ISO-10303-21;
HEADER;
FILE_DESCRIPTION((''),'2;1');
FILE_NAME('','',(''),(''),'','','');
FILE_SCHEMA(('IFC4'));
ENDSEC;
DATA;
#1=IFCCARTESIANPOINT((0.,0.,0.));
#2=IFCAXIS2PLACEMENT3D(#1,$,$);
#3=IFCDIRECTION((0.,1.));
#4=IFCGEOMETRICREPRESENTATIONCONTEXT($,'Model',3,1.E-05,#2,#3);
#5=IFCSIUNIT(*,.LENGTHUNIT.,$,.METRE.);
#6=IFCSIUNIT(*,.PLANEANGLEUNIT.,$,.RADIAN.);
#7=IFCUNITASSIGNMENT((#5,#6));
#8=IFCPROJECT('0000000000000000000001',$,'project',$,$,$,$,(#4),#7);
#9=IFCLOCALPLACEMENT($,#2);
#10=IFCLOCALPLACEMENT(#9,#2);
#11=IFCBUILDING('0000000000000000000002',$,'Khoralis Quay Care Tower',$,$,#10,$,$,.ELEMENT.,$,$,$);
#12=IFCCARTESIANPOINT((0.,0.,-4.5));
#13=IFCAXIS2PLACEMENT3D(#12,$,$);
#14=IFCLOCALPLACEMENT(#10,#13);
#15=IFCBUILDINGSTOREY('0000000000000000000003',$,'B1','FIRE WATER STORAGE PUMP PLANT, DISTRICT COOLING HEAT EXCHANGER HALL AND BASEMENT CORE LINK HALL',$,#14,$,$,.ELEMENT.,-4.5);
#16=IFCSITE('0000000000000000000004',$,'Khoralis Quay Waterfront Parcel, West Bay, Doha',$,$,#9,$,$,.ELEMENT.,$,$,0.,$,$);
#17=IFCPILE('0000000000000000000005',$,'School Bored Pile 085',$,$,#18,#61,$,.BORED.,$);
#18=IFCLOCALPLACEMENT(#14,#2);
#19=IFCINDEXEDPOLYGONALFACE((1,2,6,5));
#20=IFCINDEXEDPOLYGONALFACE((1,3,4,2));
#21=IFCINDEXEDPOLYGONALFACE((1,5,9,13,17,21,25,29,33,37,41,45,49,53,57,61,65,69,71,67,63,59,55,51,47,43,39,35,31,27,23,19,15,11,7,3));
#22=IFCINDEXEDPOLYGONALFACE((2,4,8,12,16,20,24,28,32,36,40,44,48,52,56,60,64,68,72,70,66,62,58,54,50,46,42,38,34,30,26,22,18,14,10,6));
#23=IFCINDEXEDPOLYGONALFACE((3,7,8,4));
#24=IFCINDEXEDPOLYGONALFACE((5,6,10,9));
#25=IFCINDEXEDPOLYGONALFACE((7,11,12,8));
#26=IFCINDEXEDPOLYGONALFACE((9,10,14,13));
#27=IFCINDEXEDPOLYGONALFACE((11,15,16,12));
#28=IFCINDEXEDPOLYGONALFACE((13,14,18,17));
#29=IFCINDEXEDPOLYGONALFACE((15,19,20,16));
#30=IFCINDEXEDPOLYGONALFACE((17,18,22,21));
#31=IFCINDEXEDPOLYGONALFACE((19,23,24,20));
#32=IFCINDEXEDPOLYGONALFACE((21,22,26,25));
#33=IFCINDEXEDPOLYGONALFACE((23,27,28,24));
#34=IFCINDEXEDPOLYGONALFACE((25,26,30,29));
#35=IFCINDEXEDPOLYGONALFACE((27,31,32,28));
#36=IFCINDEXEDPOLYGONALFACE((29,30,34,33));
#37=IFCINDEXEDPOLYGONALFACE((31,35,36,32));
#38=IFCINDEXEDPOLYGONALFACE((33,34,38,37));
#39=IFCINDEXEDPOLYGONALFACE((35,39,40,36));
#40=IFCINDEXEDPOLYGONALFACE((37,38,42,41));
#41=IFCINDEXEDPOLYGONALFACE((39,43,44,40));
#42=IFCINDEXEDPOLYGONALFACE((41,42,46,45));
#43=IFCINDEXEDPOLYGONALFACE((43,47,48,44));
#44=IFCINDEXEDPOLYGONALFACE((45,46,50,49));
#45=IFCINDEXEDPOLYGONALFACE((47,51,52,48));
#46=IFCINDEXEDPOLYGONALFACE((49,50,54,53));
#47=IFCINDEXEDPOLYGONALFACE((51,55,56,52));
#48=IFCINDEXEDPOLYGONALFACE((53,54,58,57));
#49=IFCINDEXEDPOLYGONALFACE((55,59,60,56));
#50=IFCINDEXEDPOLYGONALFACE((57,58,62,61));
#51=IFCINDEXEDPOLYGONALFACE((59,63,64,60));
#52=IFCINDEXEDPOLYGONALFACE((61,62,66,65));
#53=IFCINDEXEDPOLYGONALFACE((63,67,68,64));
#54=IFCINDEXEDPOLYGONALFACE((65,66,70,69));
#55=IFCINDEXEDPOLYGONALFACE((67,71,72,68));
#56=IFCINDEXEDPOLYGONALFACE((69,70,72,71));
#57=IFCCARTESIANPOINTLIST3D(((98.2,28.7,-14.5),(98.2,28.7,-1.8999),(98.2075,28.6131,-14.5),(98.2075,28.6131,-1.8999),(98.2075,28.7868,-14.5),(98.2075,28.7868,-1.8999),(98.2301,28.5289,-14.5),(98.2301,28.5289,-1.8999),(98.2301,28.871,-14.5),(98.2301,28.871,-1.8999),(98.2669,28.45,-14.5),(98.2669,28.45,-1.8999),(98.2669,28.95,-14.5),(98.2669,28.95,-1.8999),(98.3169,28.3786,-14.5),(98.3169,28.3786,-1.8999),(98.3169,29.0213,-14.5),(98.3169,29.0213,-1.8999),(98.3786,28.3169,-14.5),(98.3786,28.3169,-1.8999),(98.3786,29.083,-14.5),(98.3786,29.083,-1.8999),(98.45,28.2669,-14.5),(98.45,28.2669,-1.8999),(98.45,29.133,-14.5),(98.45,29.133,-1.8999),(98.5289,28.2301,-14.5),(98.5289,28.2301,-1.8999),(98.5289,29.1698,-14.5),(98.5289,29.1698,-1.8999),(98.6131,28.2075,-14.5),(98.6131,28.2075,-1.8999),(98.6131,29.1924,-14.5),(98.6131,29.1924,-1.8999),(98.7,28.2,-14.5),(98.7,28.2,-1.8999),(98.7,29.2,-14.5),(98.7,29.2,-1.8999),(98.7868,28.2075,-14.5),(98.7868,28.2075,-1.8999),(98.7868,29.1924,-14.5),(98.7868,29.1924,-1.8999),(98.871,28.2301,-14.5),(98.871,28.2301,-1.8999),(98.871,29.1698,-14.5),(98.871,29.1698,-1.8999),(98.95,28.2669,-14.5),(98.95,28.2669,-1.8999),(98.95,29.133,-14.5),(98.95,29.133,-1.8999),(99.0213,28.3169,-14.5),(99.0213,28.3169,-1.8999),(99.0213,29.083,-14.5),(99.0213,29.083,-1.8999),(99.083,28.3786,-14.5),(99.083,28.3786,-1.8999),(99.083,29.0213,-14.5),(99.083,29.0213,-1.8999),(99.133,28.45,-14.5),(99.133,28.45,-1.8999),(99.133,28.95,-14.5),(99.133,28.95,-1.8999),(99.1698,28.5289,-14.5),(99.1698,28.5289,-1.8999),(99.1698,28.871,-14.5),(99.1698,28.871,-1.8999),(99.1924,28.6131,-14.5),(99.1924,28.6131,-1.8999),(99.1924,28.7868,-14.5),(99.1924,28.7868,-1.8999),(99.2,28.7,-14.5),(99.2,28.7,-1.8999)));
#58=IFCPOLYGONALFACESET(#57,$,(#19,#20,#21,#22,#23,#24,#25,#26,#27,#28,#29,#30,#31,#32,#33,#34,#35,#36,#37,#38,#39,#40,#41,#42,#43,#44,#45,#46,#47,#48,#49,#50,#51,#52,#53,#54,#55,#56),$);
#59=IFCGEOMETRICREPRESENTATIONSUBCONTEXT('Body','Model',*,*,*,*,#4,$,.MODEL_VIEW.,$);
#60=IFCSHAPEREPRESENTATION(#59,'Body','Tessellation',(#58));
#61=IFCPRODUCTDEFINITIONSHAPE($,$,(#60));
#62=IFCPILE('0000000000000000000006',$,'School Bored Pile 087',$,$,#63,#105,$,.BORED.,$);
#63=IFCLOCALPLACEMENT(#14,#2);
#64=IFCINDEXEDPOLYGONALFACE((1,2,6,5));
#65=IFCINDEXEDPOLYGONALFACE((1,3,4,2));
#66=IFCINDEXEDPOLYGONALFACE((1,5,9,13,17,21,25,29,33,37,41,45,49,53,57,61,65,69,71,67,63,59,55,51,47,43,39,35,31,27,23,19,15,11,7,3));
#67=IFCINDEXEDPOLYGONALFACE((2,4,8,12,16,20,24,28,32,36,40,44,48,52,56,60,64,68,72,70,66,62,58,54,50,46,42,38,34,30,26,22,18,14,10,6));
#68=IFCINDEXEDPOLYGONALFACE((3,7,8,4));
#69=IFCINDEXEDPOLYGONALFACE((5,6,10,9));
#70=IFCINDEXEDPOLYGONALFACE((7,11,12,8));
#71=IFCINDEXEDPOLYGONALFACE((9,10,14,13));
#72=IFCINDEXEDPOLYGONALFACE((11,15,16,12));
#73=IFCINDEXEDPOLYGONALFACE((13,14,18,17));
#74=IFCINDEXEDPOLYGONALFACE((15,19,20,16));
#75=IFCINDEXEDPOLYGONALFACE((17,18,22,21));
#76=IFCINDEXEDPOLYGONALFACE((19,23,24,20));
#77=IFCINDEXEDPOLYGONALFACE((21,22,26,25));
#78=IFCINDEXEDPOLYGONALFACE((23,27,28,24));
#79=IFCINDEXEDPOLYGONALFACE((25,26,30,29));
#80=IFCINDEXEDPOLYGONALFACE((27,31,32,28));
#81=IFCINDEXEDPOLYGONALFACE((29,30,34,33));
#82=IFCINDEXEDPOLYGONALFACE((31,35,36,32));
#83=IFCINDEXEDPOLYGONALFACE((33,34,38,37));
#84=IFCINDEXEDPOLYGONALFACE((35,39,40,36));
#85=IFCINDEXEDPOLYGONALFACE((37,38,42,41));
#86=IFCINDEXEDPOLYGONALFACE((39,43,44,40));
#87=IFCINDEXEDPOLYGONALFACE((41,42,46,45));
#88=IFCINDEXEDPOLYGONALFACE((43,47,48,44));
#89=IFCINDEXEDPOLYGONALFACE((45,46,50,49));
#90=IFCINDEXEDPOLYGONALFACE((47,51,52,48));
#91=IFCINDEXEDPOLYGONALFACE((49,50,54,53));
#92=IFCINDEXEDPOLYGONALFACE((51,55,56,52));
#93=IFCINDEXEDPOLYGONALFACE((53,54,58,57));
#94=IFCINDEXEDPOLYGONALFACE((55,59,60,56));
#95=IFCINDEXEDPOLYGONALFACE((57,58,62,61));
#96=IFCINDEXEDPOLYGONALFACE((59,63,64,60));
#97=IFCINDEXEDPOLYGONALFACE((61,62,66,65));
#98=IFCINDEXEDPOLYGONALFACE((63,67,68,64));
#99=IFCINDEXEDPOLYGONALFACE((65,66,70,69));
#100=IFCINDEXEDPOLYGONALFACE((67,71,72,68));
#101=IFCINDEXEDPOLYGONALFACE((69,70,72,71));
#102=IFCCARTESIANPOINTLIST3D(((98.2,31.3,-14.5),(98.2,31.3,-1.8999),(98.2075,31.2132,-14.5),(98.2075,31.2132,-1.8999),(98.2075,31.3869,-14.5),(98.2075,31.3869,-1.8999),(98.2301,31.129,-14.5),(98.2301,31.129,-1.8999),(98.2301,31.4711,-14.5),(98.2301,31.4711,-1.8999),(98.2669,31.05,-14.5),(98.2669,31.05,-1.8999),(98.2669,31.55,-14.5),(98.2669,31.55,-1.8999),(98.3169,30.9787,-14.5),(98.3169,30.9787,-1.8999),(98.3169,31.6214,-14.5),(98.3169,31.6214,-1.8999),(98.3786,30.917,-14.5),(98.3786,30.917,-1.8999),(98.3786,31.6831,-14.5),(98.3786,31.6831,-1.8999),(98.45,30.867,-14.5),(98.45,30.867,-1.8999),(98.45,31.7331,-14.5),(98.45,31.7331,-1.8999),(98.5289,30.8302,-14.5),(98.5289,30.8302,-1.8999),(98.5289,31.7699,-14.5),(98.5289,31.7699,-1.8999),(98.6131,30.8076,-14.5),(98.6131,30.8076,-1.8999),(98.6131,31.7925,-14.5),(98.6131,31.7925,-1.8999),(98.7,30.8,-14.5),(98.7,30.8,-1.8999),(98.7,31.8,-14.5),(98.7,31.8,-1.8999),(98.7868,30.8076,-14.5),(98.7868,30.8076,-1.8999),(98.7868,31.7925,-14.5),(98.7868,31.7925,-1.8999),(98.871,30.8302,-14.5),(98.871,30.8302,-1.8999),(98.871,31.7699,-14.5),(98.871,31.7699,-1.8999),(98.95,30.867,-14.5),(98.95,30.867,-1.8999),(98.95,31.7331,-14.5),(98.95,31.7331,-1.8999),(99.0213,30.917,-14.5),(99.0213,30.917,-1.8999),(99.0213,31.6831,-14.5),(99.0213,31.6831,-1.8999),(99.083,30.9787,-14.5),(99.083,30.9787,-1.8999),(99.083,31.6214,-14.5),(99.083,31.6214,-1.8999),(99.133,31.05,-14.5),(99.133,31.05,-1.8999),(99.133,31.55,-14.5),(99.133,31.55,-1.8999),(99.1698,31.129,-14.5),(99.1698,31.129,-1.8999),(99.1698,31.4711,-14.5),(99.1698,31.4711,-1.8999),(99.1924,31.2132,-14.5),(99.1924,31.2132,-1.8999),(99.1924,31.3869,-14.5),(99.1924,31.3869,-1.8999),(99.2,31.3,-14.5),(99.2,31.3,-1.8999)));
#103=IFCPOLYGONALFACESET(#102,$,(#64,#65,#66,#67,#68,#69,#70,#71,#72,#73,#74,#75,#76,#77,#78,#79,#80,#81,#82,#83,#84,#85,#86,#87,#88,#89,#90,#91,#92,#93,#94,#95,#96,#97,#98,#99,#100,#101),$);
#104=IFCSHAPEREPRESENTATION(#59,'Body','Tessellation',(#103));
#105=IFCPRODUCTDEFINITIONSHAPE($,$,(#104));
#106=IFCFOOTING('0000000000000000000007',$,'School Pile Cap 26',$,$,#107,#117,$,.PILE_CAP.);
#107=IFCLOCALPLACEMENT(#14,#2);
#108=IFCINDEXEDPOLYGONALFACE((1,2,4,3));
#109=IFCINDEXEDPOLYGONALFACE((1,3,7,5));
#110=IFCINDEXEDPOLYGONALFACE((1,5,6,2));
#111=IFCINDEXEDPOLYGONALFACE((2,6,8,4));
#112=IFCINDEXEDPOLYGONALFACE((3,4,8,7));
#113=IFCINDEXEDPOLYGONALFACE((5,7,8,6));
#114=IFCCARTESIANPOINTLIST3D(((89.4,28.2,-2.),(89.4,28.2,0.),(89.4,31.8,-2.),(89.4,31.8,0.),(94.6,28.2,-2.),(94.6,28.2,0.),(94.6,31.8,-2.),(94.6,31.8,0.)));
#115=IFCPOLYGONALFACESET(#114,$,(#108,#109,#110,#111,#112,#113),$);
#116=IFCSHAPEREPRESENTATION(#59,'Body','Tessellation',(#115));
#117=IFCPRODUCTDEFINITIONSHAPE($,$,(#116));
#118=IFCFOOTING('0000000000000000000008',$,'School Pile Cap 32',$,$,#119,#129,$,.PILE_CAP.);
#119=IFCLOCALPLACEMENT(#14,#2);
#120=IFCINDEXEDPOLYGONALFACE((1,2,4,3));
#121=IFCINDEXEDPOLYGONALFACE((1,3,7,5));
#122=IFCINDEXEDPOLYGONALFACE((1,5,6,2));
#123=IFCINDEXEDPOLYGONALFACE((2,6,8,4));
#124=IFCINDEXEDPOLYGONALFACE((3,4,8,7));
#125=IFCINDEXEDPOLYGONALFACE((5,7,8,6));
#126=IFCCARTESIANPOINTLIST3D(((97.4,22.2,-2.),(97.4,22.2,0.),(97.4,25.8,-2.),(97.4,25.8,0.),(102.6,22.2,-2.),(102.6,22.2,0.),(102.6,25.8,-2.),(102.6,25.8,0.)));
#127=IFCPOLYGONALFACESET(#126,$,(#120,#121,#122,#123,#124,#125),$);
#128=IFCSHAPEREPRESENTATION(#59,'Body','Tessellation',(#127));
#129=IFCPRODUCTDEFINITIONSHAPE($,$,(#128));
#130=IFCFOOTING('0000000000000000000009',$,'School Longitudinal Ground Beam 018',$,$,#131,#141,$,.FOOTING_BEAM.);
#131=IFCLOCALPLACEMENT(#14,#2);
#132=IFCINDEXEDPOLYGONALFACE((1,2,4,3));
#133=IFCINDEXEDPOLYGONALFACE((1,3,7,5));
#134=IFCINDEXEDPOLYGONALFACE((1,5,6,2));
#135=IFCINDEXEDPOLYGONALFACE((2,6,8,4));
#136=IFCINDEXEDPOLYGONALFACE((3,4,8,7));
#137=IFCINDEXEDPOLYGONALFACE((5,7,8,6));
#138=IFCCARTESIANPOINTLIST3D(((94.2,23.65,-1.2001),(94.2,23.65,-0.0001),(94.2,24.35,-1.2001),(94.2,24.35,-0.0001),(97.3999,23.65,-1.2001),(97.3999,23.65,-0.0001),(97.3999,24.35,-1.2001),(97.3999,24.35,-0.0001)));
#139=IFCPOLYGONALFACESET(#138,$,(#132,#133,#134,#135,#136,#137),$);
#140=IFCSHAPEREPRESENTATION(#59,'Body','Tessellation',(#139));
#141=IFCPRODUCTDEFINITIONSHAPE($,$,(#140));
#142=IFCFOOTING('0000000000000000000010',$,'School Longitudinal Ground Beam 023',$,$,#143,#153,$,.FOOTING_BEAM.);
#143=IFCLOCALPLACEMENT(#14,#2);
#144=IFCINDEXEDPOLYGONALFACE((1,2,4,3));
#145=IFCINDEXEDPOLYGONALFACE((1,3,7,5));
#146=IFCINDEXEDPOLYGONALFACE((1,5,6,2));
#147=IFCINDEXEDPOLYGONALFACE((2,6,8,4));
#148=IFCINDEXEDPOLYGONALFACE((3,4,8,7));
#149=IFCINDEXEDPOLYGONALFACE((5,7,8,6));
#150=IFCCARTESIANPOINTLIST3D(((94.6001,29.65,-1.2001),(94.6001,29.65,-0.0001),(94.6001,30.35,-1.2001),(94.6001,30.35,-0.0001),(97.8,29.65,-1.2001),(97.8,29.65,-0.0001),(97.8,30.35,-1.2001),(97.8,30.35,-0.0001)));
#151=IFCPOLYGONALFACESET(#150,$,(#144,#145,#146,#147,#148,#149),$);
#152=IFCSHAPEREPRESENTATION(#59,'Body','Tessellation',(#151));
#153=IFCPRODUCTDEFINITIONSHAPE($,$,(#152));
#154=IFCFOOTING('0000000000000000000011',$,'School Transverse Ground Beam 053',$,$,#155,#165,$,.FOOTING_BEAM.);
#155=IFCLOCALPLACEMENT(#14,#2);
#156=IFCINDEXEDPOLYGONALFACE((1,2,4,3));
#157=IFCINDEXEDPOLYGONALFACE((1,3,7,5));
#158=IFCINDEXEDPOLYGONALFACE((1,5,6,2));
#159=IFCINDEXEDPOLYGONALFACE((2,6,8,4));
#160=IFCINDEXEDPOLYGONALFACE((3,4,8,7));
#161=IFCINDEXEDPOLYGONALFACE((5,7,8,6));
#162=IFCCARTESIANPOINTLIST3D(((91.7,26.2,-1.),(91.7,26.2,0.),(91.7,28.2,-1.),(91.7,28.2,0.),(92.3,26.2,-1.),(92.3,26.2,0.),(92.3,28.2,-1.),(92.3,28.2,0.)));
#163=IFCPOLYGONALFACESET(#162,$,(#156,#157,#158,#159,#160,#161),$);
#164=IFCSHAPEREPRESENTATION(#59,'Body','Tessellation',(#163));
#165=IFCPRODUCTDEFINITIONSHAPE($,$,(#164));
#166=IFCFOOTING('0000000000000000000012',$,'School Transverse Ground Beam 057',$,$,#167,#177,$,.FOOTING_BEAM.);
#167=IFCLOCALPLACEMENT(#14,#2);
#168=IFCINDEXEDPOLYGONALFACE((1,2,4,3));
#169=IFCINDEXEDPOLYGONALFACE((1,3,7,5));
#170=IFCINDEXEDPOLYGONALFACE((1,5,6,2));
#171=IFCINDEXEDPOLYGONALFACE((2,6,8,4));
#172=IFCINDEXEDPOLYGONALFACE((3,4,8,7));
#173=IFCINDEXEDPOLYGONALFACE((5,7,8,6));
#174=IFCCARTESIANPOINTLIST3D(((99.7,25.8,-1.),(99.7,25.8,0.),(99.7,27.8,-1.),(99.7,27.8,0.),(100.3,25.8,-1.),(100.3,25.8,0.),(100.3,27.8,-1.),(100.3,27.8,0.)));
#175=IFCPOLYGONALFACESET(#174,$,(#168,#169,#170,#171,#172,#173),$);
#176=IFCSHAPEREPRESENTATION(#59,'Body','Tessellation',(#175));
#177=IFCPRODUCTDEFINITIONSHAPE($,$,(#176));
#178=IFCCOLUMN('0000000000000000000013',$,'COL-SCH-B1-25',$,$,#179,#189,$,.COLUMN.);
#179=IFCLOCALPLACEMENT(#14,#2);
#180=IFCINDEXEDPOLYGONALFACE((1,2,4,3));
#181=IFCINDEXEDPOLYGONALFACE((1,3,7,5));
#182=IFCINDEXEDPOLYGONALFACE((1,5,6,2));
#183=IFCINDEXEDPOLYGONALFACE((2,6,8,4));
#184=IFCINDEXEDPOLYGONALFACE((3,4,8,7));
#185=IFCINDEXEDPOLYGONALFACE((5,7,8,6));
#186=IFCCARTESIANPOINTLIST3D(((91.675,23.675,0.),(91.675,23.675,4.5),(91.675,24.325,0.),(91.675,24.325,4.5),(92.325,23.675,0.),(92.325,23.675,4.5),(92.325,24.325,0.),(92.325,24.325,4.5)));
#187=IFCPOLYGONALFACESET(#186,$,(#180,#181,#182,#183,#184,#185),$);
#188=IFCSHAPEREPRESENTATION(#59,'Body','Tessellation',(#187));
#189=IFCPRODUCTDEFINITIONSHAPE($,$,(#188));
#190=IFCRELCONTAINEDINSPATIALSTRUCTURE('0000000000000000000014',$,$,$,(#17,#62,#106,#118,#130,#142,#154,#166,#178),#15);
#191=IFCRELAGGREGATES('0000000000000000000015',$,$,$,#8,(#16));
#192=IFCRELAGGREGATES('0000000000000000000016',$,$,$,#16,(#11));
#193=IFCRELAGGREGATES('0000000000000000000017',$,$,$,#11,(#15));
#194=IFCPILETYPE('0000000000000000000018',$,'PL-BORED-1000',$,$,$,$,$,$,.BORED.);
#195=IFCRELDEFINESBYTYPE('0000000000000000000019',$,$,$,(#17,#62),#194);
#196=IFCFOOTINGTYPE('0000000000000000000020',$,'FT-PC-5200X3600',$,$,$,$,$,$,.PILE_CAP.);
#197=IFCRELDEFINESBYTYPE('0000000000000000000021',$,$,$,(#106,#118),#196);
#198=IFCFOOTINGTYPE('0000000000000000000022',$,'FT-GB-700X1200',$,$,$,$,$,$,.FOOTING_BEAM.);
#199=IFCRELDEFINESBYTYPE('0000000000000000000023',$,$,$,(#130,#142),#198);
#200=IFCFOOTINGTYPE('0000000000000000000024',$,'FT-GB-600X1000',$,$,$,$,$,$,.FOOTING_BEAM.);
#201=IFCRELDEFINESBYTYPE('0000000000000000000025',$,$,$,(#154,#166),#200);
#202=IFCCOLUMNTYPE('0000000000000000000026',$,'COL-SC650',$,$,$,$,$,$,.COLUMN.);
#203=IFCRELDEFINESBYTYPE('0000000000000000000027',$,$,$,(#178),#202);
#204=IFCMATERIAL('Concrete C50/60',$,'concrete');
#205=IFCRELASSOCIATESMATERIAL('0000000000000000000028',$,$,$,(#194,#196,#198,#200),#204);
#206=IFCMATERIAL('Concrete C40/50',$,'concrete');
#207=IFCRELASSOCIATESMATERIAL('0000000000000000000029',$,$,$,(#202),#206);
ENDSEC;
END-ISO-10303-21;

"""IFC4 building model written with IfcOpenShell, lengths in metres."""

from ifc_helpers import new_model, si_unit, direction, frame, origin, origin_2d, place, context, subcontext, project, spatial, rectangle, circle, extrude, source, transform, mapped, material, material_profile, profile_set, type_object, element, save


model = new_model("IFC4")

# Units and contexts
model_context = context("Model", 3, precision=1e-05, world=origin(), true_north=direction((0.0, 1.0)))
body_context = subcontext(model_context, "Body", "Model", "MODEL_VIEW")
ifc_project = project(units=[si_unit("LENGTHUNIT", "METRE"), si_unit("PLANEANGLEUNIT", "RADIAN")], contexts=[model_context])

# Site, building, storey
site_placement = place(None, origin())
site = spatial("IfcSite", under=ifc_project, at=site_placement, Name="Khoralis Quay Waterfront Parcel, West Bay, Doha", CompositionType="ELEMENT", RefElevation=0.0)
building_placement = place(site_placement, origin())
building = spatial("IfcBuilding", under=site, at=building_placement, Name="Khoralis Quay Care Tower", CompositionType="ELEMENT")
storey_placement = place(building_placement, frame((0.0, 0.0, -4.5)))
storey = spatial("IfcBuildingStorey", under=building, at=storey_placement, Name="B1", Description="FIRE WATER STORAGE PUMP PLANT, DISTRICT COOLING HEAT EXCHANGER HALL AND BASEMENT CORE LINK HALL", CompositionType="ELEMENT", Elevation=-4.5)

# Shared definitions
ifc_material_1 = material(Name="Concrete C50/60", Category="concrete")

# Piles
ifc_material_profile_1 = material_profile(ifc_material_1, circle(Radius=0.5, at=origin_2d()), Name="Concrete C50/60")
ifc_profile_set_1 = profile_set([ifc_material_profile_1], Name="Concrete C50/60")
pile_type = type_object("IfcPileType", Name="PL-BORED-1000", PredefinedType="BORED", material=ifc_profile_set_1)
shared_shape_1 = source(origin(), body_context, "Body", "SweptSolid", [
    extrude(circle(Radius=0.5, at=origin_2d()), origin(), (0.0, 0.0, 1.0), 12.6001),
])
for number, where, z_axis, x_axis, name in (
    (1, (98.7, 28.7, -1.8999), (0.0, 0.0, -1.0), (1.0, 0.0, 0.0), "School Bored Pile 085"),
    (2, (98.7, 31.3, -1.8999), (0.0, 0.0, -1.0), (1.0, 0.0, 0.0), "School Bored Pile 087"),
):
    element("IfcPile", number, at=place(storey_placement, frame(where, z_axis=z_axis, x_axis=x_axis)), inside=storey, type_object=pile_type, Name=name, PredefinedType="BORED", context=body_context, shape_type="MappedRepresentation", body=[
        mapped(shared_shape_1, transform((0.0, 0.0, 0.0), scale=1.0)),
    ])

# Footings
footing_type_1 = type_object("IfcFootingType", Name="FT-PC-5200X3600", PredefinedType="PILE_CAP", material=ifc_material_1)
shared_shape_2 = source(origin(), body_context, "Body", "SweptSolid", [
    extrude(rectangle(XDim=5.2, YDim=3.6001, at=origin_2d()), origin(), (0.0, 0.0, 1.0), 2.0),
])
for number, where, z_axis, x_axis, name in (
    (3, (92.0, 30.0, -2.0), (0.0, 0.0, 1.0), (1.0, 0.0, 0.0), "School Pile Cap 26"),
    (4, (100.0, 24.0, -2.0), (0.0, 0.0, 1.0), (1.0, 0.0, 0.0), "School Pile Cap 32"),
):
    element("IfcFooting", number, at=place(storey_placement, frame(where, z_axis=z_axis, x_axis=x_axis)), inside=storey, type_object=footing_type_1, Name=name, PredefinedType="PILE_CAP", context=body_context, shape_type="MappedRepresentation", body=[
        mapped(shared_shape_2, transform((0.0, 0.0, 0.0), scale=1.0)),
    ])
ifc_material_profile_2 = material_profile(ifc_material_1, rectangle(XDim=0.7, YDim=1.2, at=origin_2d()), Name="Concrete C50/60")
ifc_profile_set_2 = profile_set([ifc_material_profile_2], Name="Concrete C50/60")
footing_type_2 = type_object("IfcFootingType", Name="FT-GB-700X1200", PredefinedType="FOOTING_BEAM", material=ifc_profile_set_2)
shared_shape_3 = source(origin(), body_context, "Body", "SweptSolid", [
    extrude(rectangle(XDim=0.7, YDim=1.2, at=origin_2d()), origin(), (0.0, 0.0, 1.0), 3.2),
])
for number, where, z_axis, x_axis, name in (
    (5, (94.2, 24.0, -0.6001), (1.0, 0.0, 0.0), (0.0, 1.0, 0.0), "School Longitudinal Ground Beam 018"),
    (6, (94.6001, 30.0, -0.6001), (1.0, 0.0, 0.0), (0.0, 1.0, 0.0), "School Longitudinal Ground Beam 023"),
):
    element("IfcFooting", number, at=place(storey_placement, frame(where, z_axis=z_axis, x_axis=x_axis)), inside=storey, type_object=footing_type_2, Name=name, PredefinedType="FOOTING_BEAM", context=body_context, shape_type="MappedRepresentation", body=[
        mapped(shared_shape_3, transform((0.0, 0.0, 0.0), scale=1.0)),
    ])
ifc_material_profile_3 = material_profile(ifc_material_1, rectangle(XDim=0.6001, YDim=1.0, at=origin_2d()), Name="Concrete C50/60")
ifc_profile_set_3 = profile_set([ifc_material_profile_3], Name="Concrete C50/60")
footing_type_3 = type_object("IfcFootingType", Name="FT-GB-600X1000", PredefinedType="FOOTING_BEAM", material=ifc_profile_set_3)
shared_shape_4 = source(origin(), body_context, "Body", "SweptSolid", [
    extrude(rectangle(XDim=0.6001, YDim=1.0, at=origin_2d()), origin(), (0.0, 0.0, 1.0), 2.0),
])
for number, where, z_axis, x_axis, name in (
    (7, (92.0, 26.2, -0.5), (0.0, 1.0, 0.0), (-1.0, 0.0, 0.0), "School Transverse Ground Beam 053"),
    (8, (100.0, 25.8, -0.5), (0.0, 1.0, 0.0), (-1.0, 0.0, 0.0), "School Transverse Ground Beam 057"),
):
    element("IfcFooting", number, at=place(storey_placement, frame(where, z_axis=z_axis, x_axis=x_axis)), inside=storey, type_object=footing_type_3, Name=name, PredefinedType="FOOTING_BEAM", context=body_context, shape_type="MappedRepresentation", body=[
        mapped(shared_shape_4, transform((0.0, 0.0, 0.0), scale=1.0)),
    ])

# Column
ifc_material_2 = material(Name="Concrete C40/50", Category="concrete")
ifc_material_profile_4 = material_profile(ifc_material_2, rectangle(XDim=0.6499, YDim=0.6499, at=origin_2d()), Name="Concrete C40/50")
ifc_profile_set_4 = profile_set([ifc_material_profile_4], Name="Concrete C40/50")
column_type = type_object("IfcColumnType", Name="COL-SC650", PredefinedType="COLUMN", material=ifc_profile_set_4)
shared_shape_5 = source(origin(), body_context, "Body", "SweptSolid", [
    extrude(rectangle(XDim=0.6499, YDim=0.6499, at=origin_2d()), origin(), (0.0, 0.0, 1.0), 4.5),
])
for number, where, z_axis, x_axis, name in (
    (9, (92.0, 24.0, 0.0), (0.0, 0.0, 1.0), (1.0, 0.0, 0.0), "COL-SCH-B1-25"),
):
    element("IfcColumn", number, at=place(storey_placement, frame(where, z_axis=z_axis, x_axis=x_axis)), inside=storey, type_object=column_type, Name=name, PredefinedType="COLUMN", context=body_context, shape_type="MappedRepresentation", body=[
        mapped(shared_shape_5, transform((0.0, 0.0, 0.0), scale=1.0)),
    ])

save(model, "model.ifc")
